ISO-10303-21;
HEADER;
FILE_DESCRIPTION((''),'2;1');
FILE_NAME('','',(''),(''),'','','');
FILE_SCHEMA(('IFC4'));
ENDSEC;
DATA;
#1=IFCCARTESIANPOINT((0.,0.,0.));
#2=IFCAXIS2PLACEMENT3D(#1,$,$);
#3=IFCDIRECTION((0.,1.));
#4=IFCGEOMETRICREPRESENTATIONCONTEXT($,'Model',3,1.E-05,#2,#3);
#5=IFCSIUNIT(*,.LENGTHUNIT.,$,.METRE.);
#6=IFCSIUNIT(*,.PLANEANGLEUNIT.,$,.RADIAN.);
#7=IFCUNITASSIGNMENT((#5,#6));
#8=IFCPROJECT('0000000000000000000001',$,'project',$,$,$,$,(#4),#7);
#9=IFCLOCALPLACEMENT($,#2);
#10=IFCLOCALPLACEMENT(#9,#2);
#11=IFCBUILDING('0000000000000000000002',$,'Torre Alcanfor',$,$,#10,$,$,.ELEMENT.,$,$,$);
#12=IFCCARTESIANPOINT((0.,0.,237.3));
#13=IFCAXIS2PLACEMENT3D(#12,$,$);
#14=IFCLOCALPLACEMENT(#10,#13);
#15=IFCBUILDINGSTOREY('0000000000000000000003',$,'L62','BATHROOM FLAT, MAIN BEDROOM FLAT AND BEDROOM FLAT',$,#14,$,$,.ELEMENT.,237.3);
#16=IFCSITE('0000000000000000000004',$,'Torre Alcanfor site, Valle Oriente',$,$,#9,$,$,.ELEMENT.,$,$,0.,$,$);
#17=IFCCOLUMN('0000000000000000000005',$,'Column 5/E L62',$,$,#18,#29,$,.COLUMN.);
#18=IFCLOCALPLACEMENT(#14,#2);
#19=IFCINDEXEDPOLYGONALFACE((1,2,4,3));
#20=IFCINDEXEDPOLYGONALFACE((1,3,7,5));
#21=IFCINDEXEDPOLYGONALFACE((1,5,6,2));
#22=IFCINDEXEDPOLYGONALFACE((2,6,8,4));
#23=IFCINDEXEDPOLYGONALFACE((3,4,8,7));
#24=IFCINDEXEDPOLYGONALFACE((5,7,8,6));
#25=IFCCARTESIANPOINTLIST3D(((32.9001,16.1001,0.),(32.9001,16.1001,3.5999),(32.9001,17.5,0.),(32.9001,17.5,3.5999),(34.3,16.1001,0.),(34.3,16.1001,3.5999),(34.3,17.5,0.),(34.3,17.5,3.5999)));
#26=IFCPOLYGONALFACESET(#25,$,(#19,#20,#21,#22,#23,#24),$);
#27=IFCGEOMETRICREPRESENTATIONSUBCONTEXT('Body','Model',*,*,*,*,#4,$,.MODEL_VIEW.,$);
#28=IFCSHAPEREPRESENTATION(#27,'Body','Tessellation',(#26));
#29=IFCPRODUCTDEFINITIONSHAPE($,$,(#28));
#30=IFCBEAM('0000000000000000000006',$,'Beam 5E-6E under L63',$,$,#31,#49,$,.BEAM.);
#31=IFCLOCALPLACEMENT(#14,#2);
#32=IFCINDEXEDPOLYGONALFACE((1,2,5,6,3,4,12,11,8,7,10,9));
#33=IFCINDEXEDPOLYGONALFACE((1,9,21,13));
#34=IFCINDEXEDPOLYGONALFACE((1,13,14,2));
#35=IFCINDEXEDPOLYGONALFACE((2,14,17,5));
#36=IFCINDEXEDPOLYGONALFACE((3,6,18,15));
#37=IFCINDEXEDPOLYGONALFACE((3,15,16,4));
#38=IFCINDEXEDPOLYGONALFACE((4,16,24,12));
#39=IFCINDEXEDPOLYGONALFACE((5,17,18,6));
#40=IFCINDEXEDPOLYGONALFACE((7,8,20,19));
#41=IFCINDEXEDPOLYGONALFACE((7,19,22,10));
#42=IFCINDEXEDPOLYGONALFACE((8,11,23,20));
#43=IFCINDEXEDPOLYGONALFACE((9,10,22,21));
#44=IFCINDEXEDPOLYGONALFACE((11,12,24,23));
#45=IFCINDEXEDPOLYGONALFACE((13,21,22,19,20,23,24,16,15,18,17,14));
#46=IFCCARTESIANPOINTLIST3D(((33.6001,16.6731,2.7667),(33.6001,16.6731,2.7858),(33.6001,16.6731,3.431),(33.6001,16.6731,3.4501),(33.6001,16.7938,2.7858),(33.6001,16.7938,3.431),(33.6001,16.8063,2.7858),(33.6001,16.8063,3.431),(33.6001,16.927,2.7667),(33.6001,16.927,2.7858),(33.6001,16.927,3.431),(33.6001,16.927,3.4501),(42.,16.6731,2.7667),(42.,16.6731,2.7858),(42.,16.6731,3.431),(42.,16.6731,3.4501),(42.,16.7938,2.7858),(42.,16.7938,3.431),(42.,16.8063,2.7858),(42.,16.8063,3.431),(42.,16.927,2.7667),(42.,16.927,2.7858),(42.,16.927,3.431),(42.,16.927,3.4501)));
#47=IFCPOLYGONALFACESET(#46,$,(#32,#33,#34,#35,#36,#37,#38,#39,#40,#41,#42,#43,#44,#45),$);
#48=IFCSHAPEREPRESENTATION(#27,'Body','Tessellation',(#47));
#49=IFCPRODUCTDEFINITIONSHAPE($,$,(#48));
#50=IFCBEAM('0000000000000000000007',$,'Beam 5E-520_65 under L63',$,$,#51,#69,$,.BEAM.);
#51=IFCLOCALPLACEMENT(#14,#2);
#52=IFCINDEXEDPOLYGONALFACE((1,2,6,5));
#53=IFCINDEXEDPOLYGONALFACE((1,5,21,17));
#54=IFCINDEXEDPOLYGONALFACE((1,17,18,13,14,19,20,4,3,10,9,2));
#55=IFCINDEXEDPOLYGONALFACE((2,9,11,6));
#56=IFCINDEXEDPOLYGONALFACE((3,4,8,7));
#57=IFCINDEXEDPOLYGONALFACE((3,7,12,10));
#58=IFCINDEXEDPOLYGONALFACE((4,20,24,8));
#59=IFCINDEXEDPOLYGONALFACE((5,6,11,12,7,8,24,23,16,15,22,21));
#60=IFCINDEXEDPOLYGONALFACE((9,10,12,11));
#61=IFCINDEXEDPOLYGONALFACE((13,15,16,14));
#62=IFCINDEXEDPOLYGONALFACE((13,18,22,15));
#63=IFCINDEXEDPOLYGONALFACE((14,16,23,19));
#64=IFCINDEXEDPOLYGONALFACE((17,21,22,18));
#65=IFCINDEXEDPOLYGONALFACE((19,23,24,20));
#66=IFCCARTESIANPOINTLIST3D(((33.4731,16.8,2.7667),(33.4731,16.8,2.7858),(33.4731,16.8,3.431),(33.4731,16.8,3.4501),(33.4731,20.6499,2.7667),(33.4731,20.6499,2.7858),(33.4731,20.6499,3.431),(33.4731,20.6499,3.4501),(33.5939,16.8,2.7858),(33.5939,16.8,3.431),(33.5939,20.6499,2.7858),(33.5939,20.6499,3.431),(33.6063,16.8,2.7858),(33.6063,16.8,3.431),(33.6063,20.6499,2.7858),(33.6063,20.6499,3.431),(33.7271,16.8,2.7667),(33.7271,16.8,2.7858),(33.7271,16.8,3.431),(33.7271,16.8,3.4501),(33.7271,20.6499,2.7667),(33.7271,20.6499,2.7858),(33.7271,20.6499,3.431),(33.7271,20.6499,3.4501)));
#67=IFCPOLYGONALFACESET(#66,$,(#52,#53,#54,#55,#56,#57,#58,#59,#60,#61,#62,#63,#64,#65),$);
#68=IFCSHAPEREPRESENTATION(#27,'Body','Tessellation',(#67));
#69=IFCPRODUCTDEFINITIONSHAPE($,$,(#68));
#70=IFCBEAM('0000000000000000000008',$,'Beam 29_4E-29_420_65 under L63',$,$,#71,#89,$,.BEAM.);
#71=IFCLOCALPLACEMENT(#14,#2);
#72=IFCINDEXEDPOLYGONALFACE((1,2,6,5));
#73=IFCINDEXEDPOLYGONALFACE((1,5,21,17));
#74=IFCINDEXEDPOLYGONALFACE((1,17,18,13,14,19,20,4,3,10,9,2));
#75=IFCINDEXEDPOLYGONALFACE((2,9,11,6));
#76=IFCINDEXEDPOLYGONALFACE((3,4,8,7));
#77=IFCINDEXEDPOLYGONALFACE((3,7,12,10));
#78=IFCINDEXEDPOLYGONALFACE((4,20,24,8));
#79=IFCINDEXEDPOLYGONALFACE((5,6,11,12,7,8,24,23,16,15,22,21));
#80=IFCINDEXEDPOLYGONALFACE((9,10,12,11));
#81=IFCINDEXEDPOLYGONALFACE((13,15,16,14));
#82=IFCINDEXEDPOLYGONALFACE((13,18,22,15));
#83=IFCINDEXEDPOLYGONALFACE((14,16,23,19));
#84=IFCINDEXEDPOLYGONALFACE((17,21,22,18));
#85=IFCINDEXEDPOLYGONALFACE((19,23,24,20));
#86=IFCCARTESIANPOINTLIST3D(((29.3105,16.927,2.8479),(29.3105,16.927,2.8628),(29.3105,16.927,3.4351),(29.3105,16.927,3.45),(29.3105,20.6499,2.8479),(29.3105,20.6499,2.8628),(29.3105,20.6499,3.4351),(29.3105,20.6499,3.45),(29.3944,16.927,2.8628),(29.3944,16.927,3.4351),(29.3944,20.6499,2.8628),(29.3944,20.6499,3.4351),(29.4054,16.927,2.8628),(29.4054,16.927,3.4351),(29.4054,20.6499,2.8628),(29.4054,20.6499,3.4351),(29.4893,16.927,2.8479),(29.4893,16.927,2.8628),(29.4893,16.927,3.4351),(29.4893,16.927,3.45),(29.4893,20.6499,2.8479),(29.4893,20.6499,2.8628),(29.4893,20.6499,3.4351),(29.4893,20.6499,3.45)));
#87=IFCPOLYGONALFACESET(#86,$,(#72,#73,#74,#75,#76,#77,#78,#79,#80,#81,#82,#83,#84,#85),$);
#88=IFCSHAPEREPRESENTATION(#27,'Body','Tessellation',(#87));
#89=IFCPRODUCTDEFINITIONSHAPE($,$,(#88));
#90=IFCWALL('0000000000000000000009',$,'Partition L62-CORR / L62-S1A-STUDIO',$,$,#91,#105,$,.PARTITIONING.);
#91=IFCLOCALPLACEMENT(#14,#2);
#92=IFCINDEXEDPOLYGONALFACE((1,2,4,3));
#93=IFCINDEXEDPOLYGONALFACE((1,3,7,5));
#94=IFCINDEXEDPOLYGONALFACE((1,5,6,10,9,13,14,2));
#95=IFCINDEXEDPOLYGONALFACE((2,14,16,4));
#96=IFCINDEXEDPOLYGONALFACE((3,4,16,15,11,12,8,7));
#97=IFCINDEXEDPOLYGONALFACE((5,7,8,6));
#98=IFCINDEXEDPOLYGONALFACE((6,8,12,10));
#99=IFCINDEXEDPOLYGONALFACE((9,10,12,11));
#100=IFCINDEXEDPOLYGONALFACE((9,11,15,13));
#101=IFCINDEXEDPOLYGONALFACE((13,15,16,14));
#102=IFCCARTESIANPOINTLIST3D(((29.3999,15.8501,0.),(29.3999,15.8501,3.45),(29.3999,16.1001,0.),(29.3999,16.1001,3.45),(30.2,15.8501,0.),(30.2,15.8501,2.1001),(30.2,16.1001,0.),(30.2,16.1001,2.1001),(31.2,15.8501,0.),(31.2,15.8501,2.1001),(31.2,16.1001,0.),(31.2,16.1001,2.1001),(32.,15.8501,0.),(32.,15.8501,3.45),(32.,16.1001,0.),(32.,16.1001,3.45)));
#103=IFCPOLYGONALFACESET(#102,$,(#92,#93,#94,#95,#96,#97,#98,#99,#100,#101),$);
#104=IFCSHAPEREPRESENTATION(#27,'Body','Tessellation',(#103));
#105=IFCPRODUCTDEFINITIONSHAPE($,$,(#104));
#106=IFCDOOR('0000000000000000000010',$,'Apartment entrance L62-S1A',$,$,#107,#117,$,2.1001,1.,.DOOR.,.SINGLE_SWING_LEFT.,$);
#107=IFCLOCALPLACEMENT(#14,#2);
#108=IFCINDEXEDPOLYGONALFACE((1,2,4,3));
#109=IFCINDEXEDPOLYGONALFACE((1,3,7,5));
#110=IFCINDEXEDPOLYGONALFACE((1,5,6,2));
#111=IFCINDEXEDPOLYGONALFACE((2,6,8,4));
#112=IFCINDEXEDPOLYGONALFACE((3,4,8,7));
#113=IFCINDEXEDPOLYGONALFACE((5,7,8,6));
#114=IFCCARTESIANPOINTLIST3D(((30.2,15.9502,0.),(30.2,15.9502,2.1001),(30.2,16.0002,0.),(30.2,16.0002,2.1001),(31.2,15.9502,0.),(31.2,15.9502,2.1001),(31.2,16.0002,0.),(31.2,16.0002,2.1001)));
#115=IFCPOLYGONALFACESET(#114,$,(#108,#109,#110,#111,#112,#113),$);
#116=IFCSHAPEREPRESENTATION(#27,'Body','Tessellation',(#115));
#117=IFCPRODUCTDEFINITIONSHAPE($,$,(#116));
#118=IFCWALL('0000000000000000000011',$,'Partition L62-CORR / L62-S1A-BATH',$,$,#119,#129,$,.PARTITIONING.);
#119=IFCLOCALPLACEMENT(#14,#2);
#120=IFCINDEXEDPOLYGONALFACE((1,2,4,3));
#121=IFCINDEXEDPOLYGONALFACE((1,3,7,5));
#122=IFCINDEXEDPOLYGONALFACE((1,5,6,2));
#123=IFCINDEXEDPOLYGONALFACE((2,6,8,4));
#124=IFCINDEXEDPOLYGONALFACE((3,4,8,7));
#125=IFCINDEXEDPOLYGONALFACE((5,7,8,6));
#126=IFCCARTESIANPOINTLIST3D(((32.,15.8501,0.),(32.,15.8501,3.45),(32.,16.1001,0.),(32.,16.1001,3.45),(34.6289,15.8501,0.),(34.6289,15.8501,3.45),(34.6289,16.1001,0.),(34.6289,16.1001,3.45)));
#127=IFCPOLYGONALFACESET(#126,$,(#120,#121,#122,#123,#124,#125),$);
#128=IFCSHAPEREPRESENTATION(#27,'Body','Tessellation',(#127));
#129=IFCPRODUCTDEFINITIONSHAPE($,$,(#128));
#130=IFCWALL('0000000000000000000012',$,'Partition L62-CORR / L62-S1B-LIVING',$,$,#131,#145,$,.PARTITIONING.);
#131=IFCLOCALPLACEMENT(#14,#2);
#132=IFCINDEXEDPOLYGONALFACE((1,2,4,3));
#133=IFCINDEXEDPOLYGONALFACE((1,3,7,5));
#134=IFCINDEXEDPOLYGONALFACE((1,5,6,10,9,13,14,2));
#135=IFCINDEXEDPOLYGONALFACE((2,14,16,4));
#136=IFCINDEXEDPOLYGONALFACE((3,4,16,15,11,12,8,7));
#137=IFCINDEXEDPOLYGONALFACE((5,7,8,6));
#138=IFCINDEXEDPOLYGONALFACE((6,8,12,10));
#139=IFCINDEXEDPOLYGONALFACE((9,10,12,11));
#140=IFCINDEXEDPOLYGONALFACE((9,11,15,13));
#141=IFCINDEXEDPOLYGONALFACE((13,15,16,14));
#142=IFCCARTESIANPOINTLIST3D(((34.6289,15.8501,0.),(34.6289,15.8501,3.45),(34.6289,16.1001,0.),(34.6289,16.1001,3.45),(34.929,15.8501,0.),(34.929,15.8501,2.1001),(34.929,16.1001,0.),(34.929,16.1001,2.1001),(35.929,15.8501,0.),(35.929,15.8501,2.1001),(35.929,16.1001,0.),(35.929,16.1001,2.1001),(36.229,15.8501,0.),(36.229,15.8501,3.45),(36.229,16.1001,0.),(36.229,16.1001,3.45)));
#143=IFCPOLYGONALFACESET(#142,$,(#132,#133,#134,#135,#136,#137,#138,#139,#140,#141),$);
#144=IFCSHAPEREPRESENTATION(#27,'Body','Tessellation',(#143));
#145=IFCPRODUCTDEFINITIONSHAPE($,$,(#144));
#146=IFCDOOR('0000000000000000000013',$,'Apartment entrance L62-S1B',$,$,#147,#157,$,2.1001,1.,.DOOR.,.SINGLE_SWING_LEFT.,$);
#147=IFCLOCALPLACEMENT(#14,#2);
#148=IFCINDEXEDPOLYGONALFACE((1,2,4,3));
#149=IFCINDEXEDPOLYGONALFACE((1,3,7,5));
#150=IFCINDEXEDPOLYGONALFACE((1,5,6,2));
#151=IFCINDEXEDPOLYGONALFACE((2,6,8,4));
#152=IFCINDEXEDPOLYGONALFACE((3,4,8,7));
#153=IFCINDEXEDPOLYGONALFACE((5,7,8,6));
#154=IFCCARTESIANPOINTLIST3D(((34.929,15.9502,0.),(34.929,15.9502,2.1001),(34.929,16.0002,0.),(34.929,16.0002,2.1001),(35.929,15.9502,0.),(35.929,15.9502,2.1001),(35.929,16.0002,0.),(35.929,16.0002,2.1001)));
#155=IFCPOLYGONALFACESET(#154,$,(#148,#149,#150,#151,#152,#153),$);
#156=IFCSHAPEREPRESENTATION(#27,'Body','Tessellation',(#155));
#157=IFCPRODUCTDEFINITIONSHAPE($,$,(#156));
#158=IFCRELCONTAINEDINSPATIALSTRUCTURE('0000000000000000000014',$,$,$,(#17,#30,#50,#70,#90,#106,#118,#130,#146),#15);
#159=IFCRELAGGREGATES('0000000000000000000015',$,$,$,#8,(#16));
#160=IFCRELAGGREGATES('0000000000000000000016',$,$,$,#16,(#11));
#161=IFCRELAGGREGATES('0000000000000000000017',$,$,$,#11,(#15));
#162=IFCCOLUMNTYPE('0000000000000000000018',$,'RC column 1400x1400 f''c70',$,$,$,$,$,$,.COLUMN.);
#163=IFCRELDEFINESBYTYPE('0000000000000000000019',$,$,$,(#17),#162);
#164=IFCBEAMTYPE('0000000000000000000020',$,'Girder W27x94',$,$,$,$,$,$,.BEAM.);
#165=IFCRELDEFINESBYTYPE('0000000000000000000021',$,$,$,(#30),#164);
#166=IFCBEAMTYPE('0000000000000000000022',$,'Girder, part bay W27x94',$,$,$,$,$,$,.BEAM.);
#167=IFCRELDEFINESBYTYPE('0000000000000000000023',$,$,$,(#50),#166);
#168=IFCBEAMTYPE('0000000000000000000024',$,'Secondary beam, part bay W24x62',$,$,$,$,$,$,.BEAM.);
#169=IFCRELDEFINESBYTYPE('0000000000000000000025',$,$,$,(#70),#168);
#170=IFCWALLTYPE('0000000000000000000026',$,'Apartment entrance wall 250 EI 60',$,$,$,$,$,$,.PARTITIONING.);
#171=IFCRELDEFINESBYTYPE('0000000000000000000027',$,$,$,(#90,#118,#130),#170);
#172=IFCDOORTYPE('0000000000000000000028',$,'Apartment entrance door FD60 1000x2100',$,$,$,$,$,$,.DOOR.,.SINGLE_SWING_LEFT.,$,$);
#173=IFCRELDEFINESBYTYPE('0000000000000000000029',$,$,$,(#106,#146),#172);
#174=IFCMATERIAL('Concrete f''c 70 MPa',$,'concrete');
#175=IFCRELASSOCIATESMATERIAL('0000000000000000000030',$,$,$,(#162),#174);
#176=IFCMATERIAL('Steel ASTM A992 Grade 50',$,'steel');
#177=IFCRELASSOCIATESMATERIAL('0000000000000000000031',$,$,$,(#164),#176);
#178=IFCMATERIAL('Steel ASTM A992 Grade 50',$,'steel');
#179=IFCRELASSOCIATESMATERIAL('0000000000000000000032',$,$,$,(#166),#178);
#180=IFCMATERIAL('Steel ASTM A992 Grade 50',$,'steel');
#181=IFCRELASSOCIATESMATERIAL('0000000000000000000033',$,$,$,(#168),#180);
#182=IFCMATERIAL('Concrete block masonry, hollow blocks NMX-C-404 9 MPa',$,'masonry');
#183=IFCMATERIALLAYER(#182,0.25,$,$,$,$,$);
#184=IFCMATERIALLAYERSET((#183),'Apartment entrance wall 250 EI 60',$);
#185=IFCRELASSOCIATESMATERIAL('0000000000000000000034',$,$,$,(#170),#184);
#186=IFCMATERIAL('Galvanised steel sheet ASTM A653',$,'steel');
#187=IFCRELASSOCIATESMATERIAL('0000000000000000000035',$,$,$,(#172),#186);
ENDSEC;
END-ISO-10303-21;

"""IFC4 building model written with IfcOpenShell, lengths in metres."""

from ifc_helpers import new_model, si_unit, direction, frame, frame_2d, origin, origin_2d, place, context, subcontext, project, spatial, rectangle, i_section, extrude, material, layer, layer_set, material_profile, profile_set, type_object, element, fill, save


model = new_model("IFC4")

# Units and contexts
model_context = context("Model", 3, precision=1e-05, world=origin(), true_north=direction((0.0, 1.0)))
body_context = subcontext(model_context, "Body", "Model", "MODEL_VIEW")
ifc_project = project(units=[si_unit("LENGTHUNIT", "METRE"), si_unit("PLANEANGLEUNIT", "RADIAN")], contexts=[model_context])

# Site, building, storey
site_placement = place(None, origin())
site = spatial("IfcSite", under=ifc_project, at=site_placement, Name="Torre Alcanfor site, Valle Oriente", CompositionType="ELEMENT", RefElevation=0.0)
building_placement = place(site_placement, origin())
building = spatial("IfcBuilding", under=site, at=building_placement, Name="Torre Alcanfor", CompositionType="ELEMENT")
storey_placement = place(building_placement, frame((0.0, 0.0, 237.3)))
storey = spatial("IfcBuildingStorey", under=building, at=storey_placement, Name="L62", Description="BATHROOM FLAT, MAIN BEDROOM FLAT AND BEDROOM FLAT", CompositionType="ELEMENT", Elevation=237.3)

# Column
ifc_material_1 = material(Name="Concrete f'c 70 MPa", Category="concrete")
ifc_material_profile_1 = material_profile(ifc_material_1, rectangle(XDim=1.3999, YDim=1.3999, at=origin_2d()), Name="1400x1400")
ifc_profile_set_1 = profile_set([ifc_material_profile_1], Name="Concrete f'c 70 MPa")
column_type = type_object("IfcColumnType", Name="RC column 1400x1400 f'c70", PredefinedType="COLUMN", material=ifc_profile_set_1)
column_placement = place(storey_placement, frame((33.6001, 16.8, 0.0), z_axis=(0.0, 0.0, 1.0), x_axis=(1.0, 0.0, 0.0)))
element("IfcColumn", 1, at=column_placement, inside=storey, type_object=column_type, Name="Column 5/E L62", PredefinedType="COLUMN", context=body_context, shape_type="SweptSolid", body=[
    extrude(rectangle(XDim=1.3999, YDim=1.3999, at=origin_2d()), origin(), (0.0, 0.0, 1.0), 3.5999),
])

# Beams
ifc_material_2 = material(Name="Steel ASTM A992 Grade 50", Category="steel")
ifc_material_profile_2 = material_profile(ifc_material_2, i_section(OverallWidth=0.2539, OverallDepth=0.6833, WebThickness=0.0125, FlangeThickness=0.019, at=origin_2d()), Name="W27x94")
ifc_profile_set_2 = profile_set([ifc_material_profile_2], Name="Steel ASTM A992 Grade 50")
beam_type_1 = type_object("IfcBeamType", Name="Girder W27x94", PredefinedType="BEAM", material=ifc_profile_set_2)
beam_1_placement = place(storey_placement, frame((33.6001, 16.8, 3.1084), z_axis=(1.0, 0.0, 0.0), x_axis=(0.0, 1.0, 0.0)))
element("IfcBeam", 2, at=beam_1_placement, inside=storey, type_object=beam_type_1, Name="Beam 5E-6E under L63", PredefinedType="BEAM", context=body_context, shape_type="SweptSolid", body=[
    extrude(i_section(OverallWidth=0.2539, OverallDepth=0.6833, WebThickness=0.0125, FlangeThickness=0.019, at=origin_2d()), origin(), (0.0, 0.0, 1.0), 8.3999),
])
ifc_material_3 = material(Name="Steel ASTM A992 Grade 50", Category="steel")
ifc_material_profile_3 = material_profile(ifc_material_3, i_section(OverallWidth=0.2539, OverallDepth=0.6833, WebThickness=0.0125, FlangeThickness=0.019, at=origin_2d()), Name="W27x94")
ifc_profile_set_3 = profile_set([ifc_material_profile_3], Name="Steel ASTM A992 Grade 50")
beam_type_2 = type_object("IfcBeamType", Name="Girder, part bay W27x94", PredefinedType="BEAM", material=ifc_profile_set_3)
beam_2_placement = place(storey_placement, frame((33.6001, 16.8, 3.1084), z_axis=(0.0, 1.0, 0.0), x_axis=(-1.0, 0.0, 0.0)))
element("IfcBeam", 3, at=beam_2_placement, inside=storey, type_object=beam_type_2, Name="Beam 5E-520_65 under L63", PredefinedType="BEAM", context=body_context, shape_type="SweptSolid", body=[
    extrude(i_section(OverallWidth=0.2539, OverallDepth=0.6833, WebThickness=0.0125, FlangeThickness=0.019, at=origin_2d()), origin(), (0.0, 0.0, 1.0), 3.8499),
])
ifc_material_4 = material(Name="Steel ASTM A992 Grade 50", Category="steel")
ifc_material_profile_4 = material_profile(ifc_material_4, i_section(OverallWidth=0.1787, OverallDepth=0.6021, WebThickness=0.011, FlangeThickness=0.0149, at=origin_2d()), Name="W24x62")
ifc_profile_set_4 = profile_set([ifc_material_profile_4], Name="Steel ASTM A992 Grade 50")
beam_type_3 = type_object("IfcBeamType", Name="Secondary beam, part bay W24x62", PredefinedType="BEAM", material=ifc_profile_set_4)
beam_3_placement = place(storey_placement, frame((29.3999, 16.927, 3.1489), z_axis=(0.0, 1.0, 0.0), x_axis=(-1.0, 0.0, 0.0)))
element("IfcBeam", 4, at=beam_3_placement, inside=storey, type_object=beam_type_3, Name="Beam 29_4E-29_420_65 under L63", PredefinedType="BEAM", context=body_context, shape_type="SweptSolid", body=[
    extrude(i_section(OverallWidth=0.1787, OverallDepth=0.6021, WebThickness=0.011, FlangeThickness=0.0149, at=origin_2d()), origin(), (0.0, 0.0, 1.0), 3.7229),
])

# Wall, opening, door
ifc_material_5 = material(Name="Concrete block masonry, hollow blocks NMX-C-404 9 MPa", Category="masonry")
ifc_layer_1 = layer(ifc_material_5, 0.25)
ifc_layer_set_1 = layer_set([ifc_layer_1], Name="Apartment entrance wall 250 EI 60")
wall_type_1 = type_object("IfcWallType", Name="Apartment entrance wall 250 EI 60", PredefinedType="PARTITIONING", material=ifc_layer_set_1)
wall_1_placement = place(storey_placement, frame((32.0, 15.9751, 0.0), z_axis=(0.0, 0.0, 1.0), x_axis=(-1.0, 0.0, 0.0)))
wall_1 = element("IfcWall", 5, at=wall_1_placement, inside=storey, type_object=wall_type_1, Name="Partition L62-CORR / L62-S1A-STUDIO", PredefinedType="PARTITIONING", context=body_context, shape_type="SweptSolid", body=[
    extrude(rectangle(XDim=2.6001, YDim=0.25, at=frame_2d((1.3, 0.0))), origin(), (0.0, 0.0, 1.0), 3.45),
])
opening_1_placement = place(wall_1_placement, frame((0.8, 0.0, 0.0)))
opening_1 = element("IfcOpeningElement", 6, at=opening_1_placement, cuts=wall_1, PredefinedType="OPENING", context=body_context, shape_type="SweptSolid", body=[
    extrude(rectangle(XDim=1.0, YDim=2.1001, at=frame_2d((0.5, 1.05))), frame((0.0, 0.135, 0.0), z_axis=(0.0, -1.0, 0.0), x_axis=(1.0, 0.0, 0.0)), (0.0, 0.0, 1.0), 0.27),
])
ifc_material_6 = material(Name="Galvanised steel sheet ASTM A653", Category="steel")
door_type_1 = type_object("IfcDoorType", Name="Apartment entrance door FD60 1000x2100", OperationType="SINGLE_SWING_LEFT", PredefinedType="DOOR", material=ifc_material_6)
door_1_placement = place(opening_1_placement, origin())
door_1 = element("IfcDoor", 7, at=door_1_placement, inside=storey, type_object=door_type_1, Name="Apartment entrance L62-S1A", OperationType="SINGLE_SWING_LEFT", OverallHeight=2.1001, OverallWidth=1.0, PredefinedType="DOOR", context=body_context, shape_type="SweptSolid", body=[
    extrude(rectangle(XDim=1.0, YDim=2.1001, at=frame_2d((0.5, 1.05))), frame((0.0, 0.0249, 0.0), z_axis=(0.0, -1.0, 0.0), x_axis=(1.0, 0.0, 0.0)), (0.0, 0.0, 1.0), 0.05),
])
fill(opening_1, door_1)

# Wall
wall_2_placement = place(storey_placement, frame((34.6289, 15.9751, 0.0), z_axis=(0.0, 0.0, 1.0), x_axis=(-1.0, 0.0, 0.0)))
element("IfcWall", 8, at=wall_2_placement, inside=storey, type_object=wall_type_1, Name="Partition L62-CORR / L62-S1A-BATH", PredefinedType="PARTITIONING", context=body_context, shape_type="SweptSolid", body=[
    extrude(rectangle(XDim=2.6289, YDim=0.25, at=frame_2d((1.3145, 0.0))), origin(), (0.0, 0.0, 1.0), 3.45),
])

# Wall, opening, door
wall_3_placement = place(storey_placement, frame((36.229, 15.9751, 0.0), z_axis=(0.0, 0.0, 1.0), x_axis=(-1.0, 0.0, 0.0)))
wall_3 = element("IfcWall", 9, at=wall_3_placement, inside=storey, type_object=wall_type_1, Name="Partition L62-CORR / L62-S1B-LIVING", PredefinedType="PARTITIONING", context=body_context, shape_type="SweptSolid", body=[
    extrude(rectangle(XDim=1.6001, YDim=0.25, at=frame_2d((0.8, 0.0))), origin(), (0.0, 0.0, 1.0), 3.45),
])
opening_2_placement = place(wall_3_placement, frame((0.3, 0.0, 0.0)))
opening_2 = element("IfcOpeningElement", 10, at=opening_2_placement, cuts=wall_3, PredefinedType="OPENING", context=body_context, shape_type="SweptSolid", body=[
    extrude(rectangle(XDim=1.0, YDim=2.1001, at=frame_2d((0.5, 1.05))), frame((0.0, 0.135, 0.0), z_axis=(0.0, -1.0, 0.0), x_axis=(1.0, 0.0, 0.0)), (0.0, 0.0, 1.0), 0.27),
])
door_2_placement = place(opening_2_placement, origin())
door_2 = element("IfcDoor", 11, at=door_2_placement, inside=storey, type_object=door_type_1, Name="Apartment entrance L62-S1B", OperationType="SINGLE_SWING_LEFT", OverallHeight=2.1001, OverallWidth=1.0, PredefinedType="DOOR", context=body_context, shape_type="SweptSolid", body=[
    extrude(rectangle(XDim=1.0, YDim=2.1001, at=frame_2d((0.5, 1.05))), frame((0.0, 0.0249, 0.0), z_axis=(0.0, -1.0, 0.0), x_axis=(1.0, 0.0, 0.0)), (0.0, 0.0, 1.0), 0.05),
])
fill(opening_2, door_2)

save(model, "model.ifc")
